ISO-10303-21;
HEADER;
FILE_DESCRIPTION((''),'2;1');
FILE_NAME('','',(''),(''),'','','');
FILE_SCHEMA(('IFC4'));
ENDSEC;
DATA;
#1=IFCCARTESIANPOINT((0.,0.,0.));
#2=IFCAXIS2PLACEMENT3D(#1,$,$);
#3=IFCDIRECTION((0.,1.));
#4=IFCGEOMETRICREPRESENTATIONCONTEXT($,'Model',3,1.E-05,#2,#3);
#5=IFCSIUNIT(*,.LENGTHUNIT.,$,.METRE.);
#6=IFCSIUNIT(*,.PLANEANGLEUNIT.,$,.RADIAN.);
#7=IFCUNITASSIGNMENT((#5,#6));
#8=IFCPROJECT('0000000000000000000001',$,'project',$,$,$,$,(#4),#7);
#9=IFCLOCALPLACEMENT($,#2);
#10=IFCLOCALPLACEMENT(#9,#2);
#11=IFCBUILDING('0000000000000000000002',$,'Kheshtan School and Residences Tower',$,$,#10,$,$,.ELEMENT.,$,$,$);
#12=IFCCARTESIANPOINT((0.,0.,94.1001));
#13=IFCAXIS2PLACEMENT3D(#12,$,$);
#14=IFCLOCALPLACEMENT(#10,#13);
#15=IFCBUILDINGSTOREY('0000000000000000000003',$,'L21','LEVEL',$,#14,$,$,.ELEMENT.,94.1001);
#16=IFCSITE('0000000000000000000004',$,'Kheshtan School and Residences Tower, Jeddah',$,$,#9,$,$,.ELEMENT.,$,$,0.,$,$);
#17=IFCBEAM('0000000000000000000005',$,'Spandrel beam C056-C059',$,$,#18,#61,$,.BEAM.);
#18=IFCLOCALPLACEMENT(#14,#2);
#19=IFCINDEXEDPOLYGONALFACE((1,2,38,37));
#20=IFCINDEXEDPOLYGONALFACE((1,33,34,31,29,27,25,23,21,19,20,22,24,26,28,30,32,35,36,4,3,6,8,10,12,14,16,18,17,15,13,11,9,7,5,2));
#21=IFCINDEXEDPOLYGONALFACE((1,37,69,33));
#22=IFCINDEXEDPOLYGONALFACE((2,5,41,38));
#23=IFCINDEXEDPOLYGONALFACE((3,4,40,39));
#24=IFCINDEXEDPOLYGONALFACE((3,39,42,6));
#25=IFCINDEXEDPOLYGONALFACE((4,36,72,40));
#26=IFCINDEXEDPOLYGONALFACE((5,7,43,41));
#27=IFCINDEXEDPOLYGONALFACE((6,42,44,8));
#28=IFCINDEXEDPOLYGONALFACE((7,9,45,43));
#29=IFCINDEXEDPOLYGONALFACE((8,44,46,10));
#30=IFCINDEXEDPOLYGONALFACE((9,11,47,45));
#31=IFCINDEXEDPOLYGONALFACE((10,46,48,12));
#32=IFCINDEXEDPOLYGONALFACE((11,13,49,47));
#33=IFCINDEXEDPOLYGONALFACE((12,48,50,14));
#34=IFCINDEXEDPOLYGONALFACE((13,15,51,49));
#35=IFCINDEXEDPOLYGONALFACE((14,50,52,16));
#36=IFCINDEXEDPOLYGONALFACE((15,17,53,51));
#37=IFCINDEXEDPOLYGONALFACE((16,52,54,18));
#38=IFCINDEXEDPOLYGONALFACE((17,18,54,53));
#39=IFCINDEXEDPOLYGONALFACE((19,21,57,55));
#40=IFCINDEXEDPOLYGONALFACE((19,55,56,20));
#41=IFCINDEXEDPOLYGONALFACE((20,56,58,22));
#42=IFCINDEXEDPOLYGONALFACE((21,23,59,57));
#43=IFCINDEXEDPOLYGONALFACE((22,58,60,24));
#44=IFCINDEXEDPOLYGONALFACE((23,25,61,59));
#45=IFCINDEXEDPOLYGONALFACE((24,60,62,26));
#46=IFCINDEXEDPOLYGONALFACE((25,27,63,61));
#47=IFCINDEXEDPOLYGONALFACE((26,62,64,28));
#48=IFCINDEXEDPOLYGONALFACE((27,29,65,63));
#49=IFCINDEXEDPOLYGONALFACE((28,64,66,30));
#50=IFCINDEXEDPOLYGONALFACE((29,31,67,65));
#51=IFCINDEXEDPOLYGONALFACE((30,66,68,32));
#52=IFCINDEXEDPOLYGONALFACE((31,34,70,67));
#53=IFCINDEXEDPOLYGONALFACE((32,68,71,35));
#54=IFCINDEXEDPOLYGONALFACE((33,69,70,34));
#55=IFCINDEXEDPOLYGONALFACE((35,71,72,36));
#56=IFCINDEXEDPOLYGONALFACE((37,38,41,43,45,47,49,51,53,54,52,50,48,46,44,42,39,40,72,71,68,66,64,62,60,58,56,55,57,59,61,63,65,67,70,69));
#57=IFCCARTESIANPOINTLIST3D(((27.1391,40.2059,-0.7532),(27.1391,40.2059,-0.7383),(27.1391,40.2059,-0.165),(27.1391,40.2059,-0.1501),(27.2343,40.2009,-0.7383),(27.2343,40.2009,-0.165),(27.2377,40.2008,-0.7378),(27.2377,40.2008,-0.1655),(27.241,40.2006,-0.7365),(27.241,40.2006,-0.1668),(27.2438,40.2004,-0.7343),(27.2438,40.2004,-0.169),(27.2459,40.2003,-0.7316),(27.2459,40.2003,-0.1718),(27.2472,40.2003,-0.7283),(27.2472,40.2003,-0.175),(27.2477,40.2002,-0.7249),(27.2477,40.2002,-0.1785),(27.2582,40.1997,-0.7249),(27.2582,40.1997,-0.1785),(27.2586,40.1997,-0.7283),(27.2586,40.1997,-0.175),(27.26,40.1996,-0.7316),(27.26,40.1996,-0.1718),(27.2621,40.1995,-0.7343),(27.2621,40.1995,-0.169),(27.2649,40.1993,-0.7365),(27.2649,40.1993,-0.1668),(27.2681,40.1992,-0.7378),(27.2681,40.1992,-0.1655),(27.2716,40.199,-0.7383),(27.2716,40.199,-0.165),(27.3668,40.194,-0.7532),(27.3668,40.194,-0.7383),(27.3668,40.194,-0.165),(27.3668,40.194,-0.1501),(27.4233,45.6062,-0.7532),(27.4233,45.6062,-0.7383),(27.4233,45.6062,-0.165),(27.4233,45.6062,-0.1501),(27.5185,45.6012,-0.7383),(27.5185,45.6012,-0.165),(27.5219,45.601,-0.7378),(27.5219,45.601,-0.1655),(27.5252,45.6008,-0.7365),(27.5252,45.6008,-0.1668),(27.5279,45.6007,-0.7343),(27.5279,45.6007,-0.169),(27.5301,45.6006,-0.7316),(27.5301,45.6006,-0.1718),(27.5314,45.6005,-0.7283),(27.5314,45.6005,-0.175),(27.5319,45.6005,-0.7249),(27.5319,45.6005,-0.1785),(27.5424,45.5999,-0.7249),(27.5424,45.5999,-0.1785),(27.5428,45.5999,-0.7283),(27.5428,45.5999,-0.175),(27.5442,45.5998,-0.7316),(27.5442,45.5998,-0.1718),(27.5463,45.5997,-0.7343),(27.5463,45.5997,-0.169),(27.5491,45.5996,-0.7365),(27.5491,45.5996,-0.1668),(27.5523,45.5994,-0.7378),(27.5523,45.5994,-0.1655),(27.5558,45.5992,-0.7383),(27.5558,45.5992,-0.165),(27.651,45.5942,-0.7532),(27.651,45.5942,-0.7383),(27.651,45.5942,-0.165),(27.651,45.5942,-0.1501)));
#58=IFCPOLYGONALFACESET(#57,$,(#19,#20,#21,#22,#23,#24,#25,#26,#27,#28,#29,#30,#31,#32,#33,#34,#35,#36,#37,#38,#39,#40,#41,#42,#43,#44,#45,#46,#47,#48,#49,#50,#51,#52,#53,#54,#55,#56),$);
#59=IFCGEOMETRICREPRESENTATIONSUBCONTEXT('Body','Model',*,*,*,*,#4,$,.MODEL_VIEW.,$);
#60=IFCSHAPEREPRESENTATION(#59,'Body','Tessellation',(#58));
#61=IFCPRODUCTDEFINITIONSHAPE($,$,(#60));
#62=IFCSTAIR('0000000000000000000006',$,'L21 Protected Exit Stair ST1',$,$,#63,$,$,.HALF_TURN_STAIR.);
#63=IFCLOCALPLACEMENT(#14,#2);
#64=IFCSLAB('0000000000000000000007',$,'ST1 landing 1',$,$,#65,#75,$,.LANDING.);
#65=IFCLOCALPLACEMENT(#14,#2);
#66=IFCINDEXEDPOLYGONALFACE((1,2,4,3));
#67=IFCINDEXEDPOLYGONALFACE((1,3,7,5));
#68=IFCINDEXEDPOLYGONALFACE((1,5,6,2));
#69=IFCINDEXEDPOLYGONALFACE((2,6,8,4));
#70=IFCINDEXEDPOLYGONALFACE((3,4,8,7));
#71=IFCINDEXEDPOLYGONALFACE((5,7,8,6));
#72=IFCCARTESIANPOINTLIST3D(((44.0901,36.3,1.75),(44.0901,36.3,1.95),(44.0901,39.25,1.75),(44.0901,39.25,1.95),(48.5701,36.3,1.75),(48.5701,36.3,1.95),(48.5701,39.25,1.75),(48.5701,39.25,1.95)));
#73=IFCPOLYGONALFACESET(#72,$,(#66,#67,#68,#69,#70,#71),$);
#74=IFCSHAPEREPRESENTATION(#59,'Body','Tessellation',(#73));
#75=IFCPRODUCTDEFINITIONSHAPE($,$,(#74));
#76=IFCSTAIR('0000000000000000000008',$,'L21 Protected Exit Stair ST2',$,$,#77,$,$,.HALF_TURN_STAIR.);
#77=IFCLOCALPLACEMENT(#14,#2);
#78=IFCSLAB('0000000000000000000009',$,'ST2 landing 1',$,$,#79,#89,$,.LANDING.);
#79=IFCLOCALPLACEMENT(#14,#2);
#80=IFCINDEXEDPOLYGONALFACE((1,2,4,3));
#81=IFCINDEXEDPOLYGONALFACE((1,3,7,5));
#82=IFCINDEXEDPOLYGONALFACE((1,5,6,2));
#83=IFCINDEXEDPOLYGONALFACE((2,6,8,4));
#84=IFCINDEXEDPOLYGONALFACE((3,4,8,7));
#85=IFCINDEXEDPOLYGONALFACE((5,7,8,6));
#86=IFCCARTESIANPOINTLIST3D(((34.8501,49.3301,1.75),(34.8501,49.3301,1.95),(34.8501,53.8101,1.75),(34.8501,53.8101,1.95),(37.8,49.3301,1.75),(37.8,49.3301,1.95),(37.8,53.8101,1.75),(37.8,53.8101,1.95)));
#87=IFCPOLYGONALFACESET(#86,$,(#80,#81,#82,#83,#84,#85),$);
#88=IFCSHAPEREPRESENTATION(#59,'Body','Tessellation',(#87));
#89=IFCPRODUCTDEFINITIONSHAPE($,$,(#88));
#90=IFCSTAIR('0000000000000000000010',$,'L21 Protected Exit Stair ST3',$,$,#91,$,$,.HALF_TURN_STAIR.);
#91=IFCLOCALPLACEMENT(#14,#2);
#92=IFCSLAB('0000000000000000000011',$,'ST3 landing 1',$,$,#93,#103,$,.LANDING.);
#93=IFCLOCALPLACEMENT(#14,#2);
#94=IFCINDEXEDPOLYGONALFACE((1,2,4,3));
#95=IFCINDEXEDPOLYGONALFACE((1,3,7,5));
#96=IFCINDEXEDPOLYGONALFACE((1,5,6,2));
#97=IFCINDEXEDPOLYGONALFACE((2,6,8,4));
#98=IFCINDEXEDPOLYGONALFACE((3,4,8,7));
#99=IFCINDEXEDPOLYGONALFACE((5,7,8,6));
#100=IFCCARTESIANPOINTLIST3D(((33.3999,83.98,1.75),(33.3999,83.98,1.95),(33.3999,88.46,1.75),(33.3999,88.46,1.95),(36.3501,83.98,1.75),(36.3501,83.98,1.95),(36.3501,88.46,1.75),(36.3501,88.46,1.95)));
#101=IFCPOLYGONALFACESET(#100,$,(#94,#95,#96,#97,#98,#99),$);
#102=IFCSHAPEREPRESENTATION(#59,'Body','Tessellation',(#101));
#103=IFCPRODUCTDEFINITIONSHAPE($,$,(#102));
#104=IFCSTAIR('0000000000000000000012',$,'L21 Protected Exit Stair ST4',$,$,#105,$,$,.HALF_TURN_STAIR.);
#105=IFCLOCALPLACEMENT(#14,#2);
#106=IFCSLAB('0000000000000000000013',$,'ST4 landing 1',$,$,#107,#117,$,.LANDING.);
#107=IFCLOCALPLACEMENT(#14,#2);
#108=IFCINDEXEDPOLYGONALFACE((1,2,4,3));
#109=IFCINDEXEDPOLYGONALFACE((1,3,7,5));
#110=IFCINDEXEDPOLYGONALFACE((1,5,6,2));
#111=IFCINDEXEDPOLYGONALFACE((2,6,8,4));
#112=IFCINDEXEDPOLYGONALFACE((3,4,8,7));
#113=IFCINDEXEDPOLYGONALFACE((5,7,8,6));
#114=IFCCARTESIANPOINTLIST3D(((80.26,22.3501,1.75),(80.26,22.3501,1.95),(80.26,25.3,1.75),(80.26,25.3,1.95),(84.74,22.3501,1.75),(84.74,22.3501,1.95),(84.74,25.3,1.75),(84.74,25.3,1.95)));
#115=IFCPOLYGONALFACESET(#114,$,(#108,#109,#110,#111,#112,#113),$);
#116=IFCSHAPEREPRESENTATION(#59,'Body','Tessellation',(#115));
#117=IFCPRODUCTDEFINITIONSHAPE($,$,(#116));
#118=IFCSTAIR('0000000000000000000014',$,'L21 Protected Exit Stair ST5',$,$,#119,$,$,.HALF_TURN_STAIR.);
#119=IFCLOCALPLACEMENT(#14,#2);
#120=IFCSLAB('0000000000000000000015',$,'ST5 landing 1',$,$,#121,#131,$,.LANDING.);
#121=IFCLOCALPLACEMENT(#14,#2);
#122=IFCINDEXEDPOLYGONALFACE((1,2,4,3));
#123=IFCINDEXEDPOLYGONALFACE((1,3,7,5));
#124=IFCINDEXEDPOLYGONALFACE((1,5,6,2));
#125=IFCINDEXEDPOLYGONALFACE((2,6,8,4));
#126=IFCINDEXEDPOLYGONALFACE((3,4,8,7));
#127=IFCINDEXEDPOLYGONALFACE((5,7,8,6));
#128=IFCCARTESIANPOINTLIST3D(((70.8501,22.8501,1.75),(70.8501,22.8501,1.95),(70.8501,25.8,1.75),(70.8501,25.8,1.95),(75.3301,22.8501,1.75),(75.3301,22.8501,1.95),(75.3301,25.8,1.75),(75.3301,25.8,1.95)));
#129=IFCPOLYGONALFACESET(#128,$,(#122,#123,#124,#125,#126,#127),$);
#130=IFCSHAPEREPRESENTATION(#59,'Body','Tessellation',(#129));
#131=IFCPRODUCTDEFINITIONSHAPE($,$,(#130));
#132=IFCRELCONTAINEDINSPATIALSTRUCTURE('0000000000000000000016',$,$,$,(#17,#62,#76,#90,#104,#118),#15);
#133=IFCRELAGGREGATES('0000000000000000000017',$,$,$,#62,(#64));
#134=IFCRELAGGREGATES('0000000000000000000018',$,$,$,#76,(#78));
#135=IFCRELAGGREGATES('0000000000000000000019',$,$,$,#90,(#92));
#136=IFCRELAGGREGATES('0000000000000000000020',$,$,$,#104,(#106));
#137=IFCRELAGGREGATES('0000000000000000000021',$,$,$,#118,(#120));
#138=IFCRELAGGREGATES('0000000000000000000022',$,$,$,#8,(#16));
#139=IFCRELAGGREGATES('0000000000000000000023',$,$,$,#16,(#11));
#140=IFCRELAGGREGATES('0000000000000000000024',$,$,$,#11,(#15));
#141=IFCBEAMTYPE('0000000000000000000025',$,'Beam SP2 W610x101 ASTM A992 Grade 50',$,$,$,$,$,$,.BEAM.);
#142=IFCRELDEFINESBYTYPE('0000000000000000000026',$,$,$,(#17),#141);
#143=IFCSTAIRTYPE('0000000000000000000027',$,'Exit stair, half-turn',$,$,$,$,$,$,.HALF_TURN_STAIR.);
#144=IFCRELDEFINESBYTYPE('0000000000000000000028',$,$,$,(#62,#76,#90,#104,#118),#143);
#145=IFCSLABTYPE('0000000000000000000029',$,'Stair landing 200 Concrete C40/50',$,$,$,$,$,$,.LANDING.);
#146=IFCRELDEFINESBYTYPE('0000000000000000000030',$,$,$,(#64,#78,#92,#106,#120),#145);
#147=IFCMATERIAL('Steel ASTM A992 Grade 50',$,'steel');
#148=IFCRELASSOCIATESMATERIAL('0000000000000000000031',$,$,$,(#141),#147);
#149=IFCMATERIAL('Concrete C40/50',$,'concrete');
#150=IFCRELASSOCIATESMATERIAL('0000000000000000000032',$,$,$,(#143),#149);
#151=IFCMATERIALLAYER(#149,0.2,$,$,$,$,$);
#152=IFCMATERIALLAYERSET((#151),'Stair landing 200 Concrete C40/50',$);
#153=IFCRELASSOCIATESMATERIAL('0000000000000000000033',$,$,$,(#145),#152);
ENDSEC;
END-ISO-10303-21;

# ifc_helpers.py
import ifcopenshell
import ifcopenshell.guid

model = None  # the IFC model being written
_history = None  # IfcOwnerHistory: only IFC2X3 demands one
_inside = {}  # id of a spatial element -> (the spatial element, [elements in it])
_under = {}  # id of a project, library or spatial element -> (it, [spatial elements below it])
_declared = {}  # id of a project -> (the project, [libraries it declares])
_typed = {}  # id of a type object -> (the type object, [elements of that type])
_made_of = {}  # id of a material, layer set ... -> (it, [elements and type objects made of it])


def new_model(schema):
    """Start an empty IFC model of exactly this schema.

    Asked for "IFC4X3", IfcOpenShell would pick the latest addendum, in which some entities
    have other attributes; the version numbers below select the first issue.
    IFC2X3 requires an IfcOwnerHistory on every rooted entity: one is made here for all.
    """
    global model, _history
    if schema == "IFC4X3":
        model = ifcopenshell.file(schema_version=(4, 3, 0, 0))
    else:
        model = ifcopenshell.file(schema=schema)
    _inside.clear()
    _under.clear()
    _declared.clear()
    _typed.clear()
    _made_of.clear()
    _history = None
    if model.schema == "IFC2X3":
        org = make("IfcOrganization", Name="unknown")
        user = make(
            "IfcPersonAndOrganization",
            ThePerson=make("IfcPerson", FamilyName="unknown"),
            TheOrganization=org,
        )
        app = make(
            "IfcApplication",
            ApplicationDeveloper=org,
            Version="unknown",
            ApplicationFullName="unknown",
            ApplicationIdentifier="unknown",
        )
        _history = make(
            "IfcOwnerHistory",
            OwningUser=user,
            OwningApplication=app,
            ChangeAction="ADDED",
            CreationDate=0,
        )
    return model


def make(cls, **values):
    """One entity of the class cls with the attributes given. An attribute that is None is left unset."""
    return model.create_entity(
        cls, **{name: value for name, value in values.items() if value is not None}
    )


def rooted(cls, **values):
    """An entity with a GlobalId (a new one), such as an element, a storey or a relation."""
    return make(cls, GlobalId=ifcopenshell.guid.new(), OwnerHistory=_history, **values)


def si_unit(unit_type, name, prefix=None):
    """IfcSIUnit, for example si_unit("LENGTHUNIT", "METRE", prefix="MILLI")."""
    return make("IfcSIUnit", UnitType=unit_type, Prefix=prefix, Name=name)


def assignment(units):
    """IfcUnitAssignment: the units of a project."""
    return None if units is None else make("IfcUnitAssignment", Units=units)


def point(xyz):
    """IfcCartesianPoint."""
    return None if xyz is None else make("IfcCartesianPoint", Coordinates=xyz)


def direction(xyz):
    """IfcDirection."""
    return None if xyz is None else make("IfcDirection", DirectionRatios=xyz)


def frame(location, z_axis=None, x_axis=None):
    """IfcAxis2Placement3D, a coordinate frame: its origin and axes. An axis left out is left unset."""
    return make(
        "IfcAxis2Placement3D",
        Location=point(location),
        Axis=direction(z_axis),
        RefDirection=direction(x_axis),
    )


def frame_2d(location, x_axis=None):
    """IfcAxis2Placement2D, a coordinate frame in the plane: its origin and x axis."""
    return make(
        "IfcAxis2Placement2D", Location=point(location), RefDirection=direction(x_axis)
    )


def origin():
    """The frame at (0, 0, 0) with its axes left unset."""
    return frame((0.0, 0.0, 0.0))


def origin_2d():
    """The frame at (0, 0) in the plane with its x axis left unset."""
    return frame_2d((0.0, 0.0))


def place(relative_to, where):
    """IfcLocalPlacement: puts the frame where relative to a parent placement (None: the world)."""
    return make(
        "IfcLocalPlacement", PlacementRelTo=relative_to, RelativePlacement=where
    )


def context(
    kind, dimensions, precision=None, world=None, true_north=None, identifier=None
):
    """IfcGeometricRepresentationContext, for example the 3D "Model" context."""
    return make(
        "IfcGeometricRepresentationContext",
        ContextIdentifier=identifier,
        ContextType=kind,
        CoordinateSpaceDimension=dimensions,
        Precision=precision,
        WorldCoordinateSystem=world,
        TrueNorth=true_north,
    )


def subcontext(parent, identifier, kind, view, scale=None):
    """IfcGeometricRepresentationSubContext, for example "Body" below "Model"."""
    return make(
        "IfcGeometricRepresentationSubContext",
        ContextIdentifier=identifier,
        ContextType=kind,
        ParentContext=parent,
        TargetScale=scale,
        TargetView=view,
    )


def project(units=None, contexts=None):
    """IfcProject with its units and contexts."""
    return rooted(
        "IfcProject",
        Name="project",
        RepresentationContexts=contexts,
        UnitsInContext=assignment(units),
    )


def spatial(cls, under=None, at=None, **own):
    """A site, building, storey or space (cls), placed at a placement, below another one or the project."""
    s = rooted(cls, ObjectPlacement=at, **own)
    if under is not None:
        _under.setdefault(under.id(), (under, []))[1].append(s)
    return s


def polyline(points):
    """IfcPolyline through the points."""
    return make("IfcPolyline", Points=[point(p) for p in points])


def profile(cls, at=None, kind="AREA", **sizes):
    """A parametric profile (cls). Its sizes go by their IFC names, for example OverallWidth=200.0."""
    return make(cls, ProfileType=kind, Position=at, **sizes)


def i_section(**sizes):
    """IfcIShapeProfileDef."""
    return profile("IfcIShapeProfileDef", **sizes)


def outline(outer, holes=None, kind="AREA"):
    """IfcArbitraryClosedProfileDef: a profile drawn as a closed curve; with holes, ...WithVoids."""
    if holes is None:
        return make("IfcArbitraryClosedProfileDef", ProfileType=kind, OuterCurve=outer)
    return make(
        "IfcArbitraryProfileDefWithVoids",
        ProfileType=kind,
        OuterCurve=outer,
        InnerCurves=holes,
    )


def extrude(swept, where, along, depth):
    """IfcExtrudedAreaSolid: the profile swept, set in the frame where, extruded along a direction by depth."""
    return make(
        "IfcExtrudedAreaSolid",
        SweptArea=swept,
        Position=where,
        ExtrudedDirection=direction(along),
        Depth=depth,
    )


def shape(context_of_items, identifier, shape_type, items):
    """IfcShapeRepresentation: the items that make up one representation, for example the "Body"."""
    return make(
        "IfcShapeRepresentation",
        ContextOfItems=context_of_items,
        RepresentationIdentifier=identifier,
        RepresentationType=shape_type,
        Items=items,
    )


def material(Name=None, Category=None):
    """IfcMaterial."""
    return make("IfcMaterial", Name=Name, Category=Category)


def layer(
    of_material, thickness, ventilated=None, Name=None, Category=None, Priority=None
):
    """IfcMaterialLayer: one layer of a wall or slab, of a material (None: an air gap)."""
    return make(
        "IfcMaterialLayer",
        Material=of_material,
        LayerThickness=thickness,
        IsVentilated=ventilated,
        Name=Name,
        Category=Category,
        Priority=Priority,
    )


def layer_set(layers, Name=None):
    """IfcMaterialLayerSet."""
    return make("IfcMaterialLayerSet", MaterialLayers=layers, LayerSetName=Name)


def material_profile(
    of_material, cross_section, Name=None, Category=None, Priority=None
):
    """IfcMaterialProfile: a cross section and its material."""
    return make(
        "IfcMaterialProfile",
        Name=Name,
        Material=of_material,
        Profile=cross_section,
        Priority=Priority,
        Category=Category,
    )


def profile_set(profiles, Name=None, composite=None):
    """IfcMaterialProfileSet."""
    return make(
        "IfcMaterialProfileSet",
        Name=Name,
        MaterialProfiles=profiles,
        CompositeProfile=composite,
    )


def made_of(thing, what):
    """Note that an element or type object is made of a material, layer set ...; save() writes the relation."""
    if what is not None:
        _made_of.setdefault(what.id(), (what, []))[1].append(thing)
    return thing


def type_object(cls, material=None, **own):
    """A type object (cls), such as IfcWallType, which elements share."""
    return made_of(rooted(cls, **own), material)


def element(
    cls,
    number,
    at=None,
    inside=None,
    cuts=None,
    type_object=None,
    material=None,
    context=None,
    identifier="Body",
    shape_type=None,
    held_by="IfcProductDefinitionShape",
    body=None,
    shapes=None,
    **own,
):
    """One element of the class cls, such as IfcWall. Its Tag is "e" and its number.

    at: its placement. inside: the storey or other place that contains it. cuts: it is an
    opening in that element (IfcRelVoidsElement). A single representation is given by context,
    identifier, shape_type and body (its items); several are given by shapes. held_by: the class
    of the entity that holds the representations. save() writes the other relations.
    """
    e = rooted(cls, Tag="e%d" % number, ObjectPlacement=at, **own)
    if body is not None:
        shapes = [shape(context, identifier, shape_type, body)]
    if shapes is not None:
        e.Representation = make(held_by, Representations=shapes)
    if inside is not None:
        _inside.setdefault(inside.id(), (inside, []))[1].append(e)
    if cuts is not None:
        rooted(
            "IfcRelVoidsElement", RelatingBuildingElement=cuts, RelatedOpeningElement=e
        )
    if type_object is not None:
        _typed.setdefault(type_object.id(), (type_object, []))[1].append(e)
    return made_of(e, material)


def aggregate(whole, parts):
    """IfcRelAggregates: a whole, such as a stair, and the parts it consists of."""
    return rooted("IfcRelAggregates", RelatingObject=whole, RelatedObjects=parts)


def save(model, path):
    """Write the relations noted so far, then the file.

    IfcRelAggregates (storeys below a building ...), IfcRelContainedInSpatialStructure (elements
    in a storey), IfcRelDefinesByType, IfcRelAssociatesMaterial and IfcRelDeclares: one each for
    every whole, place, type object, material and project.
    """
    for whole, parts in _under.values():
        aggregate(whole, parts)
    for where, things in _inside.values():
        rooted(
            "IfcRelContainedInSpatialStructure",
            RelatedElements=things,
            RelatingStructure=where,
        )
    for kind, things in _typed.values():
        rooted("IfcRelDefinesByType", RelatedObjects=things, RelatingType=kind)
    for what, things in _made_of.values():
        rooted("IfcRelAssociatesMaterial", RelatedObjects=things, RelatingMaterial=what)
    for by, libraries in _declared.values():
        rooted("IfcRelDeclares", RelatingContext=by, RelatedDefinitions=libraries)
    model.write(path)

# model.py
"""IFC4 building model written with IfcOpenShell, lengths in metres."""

from ifc_helpers import new_model, si_unit, direction, frame, origin, origin_2d, place, context, subcontext, project, spatial, polyline, i_section, outline, extrude, material, layer, layer_set, material_profile, profile_set, type_object, element, aggregate, save


model = new_model("IFC4")

# Units and contexts
model_context = context("Model", 3, precision=1e-05, world=origin(), true_north=direction((0.0, 1.0)))
body_context = subcontext(model_context, "Body", "Model", "MODEL_VIEW")
ifc_project = project(units=[si_unit("LENGTHUNIT", "METRE"), si_unit("PLANEANGLEUNIT", "RADIAN")], contexts=[model_context])

# Site, building, storey
site_placement = place(None, origin())
site = spatial("IfcSite", under=ifc_project, at=site_placement, Name="Kheshtan School and Residences Tower, Jeddah", CompositionType="ELEMENT", RefElevation=0.0)
building_placement = place(site_placement, origin())
building = spatial("IfcBuilding", under=site, at=building_placement, Name="Kheshtan School and Residences Tower", CompositionType="ELEMENT")
storey_placement = place(building_placement, frame((0.0, 0.0, 94.1001)))
storey = spatial("IfcBuildingStorey", under=building, at=storey_placement, Name="L21", Description="LEVEL", CompositionType="ELEMENT", Elevation=94.1001)

# Shared definitions
ifc_material_1 = material(Name="Steel ASTM A992 Grade 50", Category="steel")

# Beam
ifc_material_profile_1 = material_profile(ifc_material_1, i_section(OverallWidth=0.228, OverallDepth=0.603, WebThickness=0.0105, FlangeThickness=0.0149, FilletRadius=0.0134, at=origin_2d()), Name="W610x101")
ifc_profile_set_1 = profile_set([ifc_material_profile_1], Name="Steel ASTM A992 Grade 50")
beam_type_1 = type_object("IfcBeamType", Name="Beam SP2 W610x101 ASTM A992 Grade 50", PredefinedType="BEAM", material=ifc_profile_set_1)
beam_1_placement = place(storey_placement, frame((27.2529, 40.2, -0.4517), z_axis=(0.052552, 0.998618, 0.0), x_axis=(-0.998618, 0.052552, 0.0)))
element("IfcBeam", 1, at=beam_1_placement, inside=storey, type_object=beam_type_1, Name="Spandrel beam C056-C059", PredefinedType="BEAM", context=body_context, shape_type="SweptSolid", body=[
    extrude(i_section(OverallWidth=0.228, OverallDepth=0.603, WebThickness=0.0105, FlangeThickness=0.0149, FilletRadius=0.0134, at=origin_2d()), origin(), (0.0, 0.0, 1.0), 5.4077),
])

# Shared definitions
ifc_material_2 = material(Name="Concrete C40/50", Category="concrete")

# Stairs, slabs
stair_type = type_object("IfcStairType", Name="Exit stair, half-turn", PredefinedType="HALF_TURN_STAIR", material=ifc_material_2)
stair_1_placement = place(storey_placement, origin())
stair_1 = element("IfcStair", 2, at=stair_1_placement, inside=storey, type_object=stair_type, Name="L21 Protected Exit Stair ST1", PredefinedType="HALF_TURN_STAIR")
ifc_layer_1 = layer(ifc_material_2, 0.2)
ifc_layer_set_1 = layer_set([ifc_layer_1], Name="Stair landing 200 Concrete C40/50")
slab_type_1 = type_object("IfcSlabType", Name="Stair landing 200 Concrete C40/50", PredefinedType="LANDING", material=ifc_layer_set_1)
slab_1_placement = place(storey_placement, frame((0.0, 0.0, 1.75)))
slab_1 = element("IfcSlab", 3, at=slab_1_placement, type_object=slab_type_1, Name="ST1 landing 1", PredefinedType="LANDING", context=body_context, shape_type="SweptSolid", body=[
    extrude(outline(polyline([(48.5701, 39.25), (44.0901, 39.25), (44.0901, 36.3), (48.5701, 36.3), (48.5701, 39.25)])), origin(), (0.0, 0.0, 1.0), 0.2),
])
aggregate(stair_1, [slab_1])
stair_2_placement = place(storey_placement, origin())
stair_2 = element("IfcStair", 4, at=stair_2_placement, inside=storey, type_object=stair_type, Name="L21 Protected Exit Stair ST2", PredefinedType="HALF_TURN_STAIR")
slab_2_placement = place(storey_placement, frame((0.0, 0.0, 1.75)))
slab_2 = element("IfcSlab", 5, at=slab_2_placement, type_object=slab_type_1, Name="ST2 landing 1", PredefinedType="LANDING", context=body_context, shape_type="SweptSolid", body=[
    extrude(outline(polyline([(37.8, 49.3301), (37.8, 53.8101), (34.8501, 53.8101), (34.8501, 49.3301), (37.8, 49.3301)])), origin(), (0.0, 0.0, 1.0), 0.2),
])
aggregate(stair_2, [slab_2])
stair_3_placement = place(storey_placement, origin())
stair_3 = element("IfcStair", 6, at=stair_3_placement, inside=storey, type_object=stair_type, Name="L21 Protected Exit Stair ST3", PredefinedType="HALF_TURN_STAIR")
slab_3_placement = place(storey_placement, frame((0.0, 0.0, 1.75)))
slab_3 = element("IfcSlab", 7, at=slab_3_placement, type_object=slab_type_1, Name="ST3 landing 1", PredefinedType="LANDING", context=body_context, shape_type="SweptSolid", body=[
    extrude(outline(polyline([(36.3501, 83.98), (36.3501, 88.46), (33.3999, 88.46), (33.3999, 83.98), (36.3501, 83.98)])), origin(), (0.0, 0.0, 1.0), 0.2),
])
aggregate(stair_3, [slab_3])
stair_4_placement = place(storey_placement, origin())
stair_4 = element("IfcStair", 8, at=stair_4_placement, inside=storey, type_object=stair_type, Name="L21 Protected Exit Stair ST4", PredefinedType="HALF_TURN_STAIR")
slab_4_placement = place(storey_placement, frame((0.0, 0.0, 1.75)))
slab_4 = element("IfcSlab", 9, at=slab_4_placement, type_object=slab_type_1, Name="ST4 landing 1", PredefinedType="LANDING", context=body_context, shape_type="SweptSolid", body=[
    extrude(outline(polyline([(84.74, 25.3), (80.26, 25.3), (80.26, 22.3501), (84.74, 22.3501), (84.74, 25.3)])), origin(), (0.0, 0.0, 1.0), 0.2),
])
aggregate(stair_4, [slab_4])
stair_5_placement = place(storey_placement, origin())
stair_5 = element("IfcStair", 10, at=stair_5_placement, inside=storey, type_object=stair_type, Name="L21 Protected Exit Stair ST5", PredefinedType="HALF_TURN_STAIR")
slab_5_placement = place(storey_placement, frame((0.0, 0.0, 1.75)))
slab_5 = element("IfcSlab", 11, at=slab_5_placement, type_object=slab_type_1, Name="ST5 landing 1", PredefinedType="LANDING", context=body_context, shape_type="SweptSolid", body=[
    extrude(outline(polyline([(75.3301, 25.8), (70.8501, 25.8), (70.8501, 22.8501), (75.3301, 22.8501), (75.3301, 25.8)])), origin(), (0.0, 0.0, 1.0), 0.2),
])
aggregate(stair_5, [slab_5])

save(model, "model.ifc")
